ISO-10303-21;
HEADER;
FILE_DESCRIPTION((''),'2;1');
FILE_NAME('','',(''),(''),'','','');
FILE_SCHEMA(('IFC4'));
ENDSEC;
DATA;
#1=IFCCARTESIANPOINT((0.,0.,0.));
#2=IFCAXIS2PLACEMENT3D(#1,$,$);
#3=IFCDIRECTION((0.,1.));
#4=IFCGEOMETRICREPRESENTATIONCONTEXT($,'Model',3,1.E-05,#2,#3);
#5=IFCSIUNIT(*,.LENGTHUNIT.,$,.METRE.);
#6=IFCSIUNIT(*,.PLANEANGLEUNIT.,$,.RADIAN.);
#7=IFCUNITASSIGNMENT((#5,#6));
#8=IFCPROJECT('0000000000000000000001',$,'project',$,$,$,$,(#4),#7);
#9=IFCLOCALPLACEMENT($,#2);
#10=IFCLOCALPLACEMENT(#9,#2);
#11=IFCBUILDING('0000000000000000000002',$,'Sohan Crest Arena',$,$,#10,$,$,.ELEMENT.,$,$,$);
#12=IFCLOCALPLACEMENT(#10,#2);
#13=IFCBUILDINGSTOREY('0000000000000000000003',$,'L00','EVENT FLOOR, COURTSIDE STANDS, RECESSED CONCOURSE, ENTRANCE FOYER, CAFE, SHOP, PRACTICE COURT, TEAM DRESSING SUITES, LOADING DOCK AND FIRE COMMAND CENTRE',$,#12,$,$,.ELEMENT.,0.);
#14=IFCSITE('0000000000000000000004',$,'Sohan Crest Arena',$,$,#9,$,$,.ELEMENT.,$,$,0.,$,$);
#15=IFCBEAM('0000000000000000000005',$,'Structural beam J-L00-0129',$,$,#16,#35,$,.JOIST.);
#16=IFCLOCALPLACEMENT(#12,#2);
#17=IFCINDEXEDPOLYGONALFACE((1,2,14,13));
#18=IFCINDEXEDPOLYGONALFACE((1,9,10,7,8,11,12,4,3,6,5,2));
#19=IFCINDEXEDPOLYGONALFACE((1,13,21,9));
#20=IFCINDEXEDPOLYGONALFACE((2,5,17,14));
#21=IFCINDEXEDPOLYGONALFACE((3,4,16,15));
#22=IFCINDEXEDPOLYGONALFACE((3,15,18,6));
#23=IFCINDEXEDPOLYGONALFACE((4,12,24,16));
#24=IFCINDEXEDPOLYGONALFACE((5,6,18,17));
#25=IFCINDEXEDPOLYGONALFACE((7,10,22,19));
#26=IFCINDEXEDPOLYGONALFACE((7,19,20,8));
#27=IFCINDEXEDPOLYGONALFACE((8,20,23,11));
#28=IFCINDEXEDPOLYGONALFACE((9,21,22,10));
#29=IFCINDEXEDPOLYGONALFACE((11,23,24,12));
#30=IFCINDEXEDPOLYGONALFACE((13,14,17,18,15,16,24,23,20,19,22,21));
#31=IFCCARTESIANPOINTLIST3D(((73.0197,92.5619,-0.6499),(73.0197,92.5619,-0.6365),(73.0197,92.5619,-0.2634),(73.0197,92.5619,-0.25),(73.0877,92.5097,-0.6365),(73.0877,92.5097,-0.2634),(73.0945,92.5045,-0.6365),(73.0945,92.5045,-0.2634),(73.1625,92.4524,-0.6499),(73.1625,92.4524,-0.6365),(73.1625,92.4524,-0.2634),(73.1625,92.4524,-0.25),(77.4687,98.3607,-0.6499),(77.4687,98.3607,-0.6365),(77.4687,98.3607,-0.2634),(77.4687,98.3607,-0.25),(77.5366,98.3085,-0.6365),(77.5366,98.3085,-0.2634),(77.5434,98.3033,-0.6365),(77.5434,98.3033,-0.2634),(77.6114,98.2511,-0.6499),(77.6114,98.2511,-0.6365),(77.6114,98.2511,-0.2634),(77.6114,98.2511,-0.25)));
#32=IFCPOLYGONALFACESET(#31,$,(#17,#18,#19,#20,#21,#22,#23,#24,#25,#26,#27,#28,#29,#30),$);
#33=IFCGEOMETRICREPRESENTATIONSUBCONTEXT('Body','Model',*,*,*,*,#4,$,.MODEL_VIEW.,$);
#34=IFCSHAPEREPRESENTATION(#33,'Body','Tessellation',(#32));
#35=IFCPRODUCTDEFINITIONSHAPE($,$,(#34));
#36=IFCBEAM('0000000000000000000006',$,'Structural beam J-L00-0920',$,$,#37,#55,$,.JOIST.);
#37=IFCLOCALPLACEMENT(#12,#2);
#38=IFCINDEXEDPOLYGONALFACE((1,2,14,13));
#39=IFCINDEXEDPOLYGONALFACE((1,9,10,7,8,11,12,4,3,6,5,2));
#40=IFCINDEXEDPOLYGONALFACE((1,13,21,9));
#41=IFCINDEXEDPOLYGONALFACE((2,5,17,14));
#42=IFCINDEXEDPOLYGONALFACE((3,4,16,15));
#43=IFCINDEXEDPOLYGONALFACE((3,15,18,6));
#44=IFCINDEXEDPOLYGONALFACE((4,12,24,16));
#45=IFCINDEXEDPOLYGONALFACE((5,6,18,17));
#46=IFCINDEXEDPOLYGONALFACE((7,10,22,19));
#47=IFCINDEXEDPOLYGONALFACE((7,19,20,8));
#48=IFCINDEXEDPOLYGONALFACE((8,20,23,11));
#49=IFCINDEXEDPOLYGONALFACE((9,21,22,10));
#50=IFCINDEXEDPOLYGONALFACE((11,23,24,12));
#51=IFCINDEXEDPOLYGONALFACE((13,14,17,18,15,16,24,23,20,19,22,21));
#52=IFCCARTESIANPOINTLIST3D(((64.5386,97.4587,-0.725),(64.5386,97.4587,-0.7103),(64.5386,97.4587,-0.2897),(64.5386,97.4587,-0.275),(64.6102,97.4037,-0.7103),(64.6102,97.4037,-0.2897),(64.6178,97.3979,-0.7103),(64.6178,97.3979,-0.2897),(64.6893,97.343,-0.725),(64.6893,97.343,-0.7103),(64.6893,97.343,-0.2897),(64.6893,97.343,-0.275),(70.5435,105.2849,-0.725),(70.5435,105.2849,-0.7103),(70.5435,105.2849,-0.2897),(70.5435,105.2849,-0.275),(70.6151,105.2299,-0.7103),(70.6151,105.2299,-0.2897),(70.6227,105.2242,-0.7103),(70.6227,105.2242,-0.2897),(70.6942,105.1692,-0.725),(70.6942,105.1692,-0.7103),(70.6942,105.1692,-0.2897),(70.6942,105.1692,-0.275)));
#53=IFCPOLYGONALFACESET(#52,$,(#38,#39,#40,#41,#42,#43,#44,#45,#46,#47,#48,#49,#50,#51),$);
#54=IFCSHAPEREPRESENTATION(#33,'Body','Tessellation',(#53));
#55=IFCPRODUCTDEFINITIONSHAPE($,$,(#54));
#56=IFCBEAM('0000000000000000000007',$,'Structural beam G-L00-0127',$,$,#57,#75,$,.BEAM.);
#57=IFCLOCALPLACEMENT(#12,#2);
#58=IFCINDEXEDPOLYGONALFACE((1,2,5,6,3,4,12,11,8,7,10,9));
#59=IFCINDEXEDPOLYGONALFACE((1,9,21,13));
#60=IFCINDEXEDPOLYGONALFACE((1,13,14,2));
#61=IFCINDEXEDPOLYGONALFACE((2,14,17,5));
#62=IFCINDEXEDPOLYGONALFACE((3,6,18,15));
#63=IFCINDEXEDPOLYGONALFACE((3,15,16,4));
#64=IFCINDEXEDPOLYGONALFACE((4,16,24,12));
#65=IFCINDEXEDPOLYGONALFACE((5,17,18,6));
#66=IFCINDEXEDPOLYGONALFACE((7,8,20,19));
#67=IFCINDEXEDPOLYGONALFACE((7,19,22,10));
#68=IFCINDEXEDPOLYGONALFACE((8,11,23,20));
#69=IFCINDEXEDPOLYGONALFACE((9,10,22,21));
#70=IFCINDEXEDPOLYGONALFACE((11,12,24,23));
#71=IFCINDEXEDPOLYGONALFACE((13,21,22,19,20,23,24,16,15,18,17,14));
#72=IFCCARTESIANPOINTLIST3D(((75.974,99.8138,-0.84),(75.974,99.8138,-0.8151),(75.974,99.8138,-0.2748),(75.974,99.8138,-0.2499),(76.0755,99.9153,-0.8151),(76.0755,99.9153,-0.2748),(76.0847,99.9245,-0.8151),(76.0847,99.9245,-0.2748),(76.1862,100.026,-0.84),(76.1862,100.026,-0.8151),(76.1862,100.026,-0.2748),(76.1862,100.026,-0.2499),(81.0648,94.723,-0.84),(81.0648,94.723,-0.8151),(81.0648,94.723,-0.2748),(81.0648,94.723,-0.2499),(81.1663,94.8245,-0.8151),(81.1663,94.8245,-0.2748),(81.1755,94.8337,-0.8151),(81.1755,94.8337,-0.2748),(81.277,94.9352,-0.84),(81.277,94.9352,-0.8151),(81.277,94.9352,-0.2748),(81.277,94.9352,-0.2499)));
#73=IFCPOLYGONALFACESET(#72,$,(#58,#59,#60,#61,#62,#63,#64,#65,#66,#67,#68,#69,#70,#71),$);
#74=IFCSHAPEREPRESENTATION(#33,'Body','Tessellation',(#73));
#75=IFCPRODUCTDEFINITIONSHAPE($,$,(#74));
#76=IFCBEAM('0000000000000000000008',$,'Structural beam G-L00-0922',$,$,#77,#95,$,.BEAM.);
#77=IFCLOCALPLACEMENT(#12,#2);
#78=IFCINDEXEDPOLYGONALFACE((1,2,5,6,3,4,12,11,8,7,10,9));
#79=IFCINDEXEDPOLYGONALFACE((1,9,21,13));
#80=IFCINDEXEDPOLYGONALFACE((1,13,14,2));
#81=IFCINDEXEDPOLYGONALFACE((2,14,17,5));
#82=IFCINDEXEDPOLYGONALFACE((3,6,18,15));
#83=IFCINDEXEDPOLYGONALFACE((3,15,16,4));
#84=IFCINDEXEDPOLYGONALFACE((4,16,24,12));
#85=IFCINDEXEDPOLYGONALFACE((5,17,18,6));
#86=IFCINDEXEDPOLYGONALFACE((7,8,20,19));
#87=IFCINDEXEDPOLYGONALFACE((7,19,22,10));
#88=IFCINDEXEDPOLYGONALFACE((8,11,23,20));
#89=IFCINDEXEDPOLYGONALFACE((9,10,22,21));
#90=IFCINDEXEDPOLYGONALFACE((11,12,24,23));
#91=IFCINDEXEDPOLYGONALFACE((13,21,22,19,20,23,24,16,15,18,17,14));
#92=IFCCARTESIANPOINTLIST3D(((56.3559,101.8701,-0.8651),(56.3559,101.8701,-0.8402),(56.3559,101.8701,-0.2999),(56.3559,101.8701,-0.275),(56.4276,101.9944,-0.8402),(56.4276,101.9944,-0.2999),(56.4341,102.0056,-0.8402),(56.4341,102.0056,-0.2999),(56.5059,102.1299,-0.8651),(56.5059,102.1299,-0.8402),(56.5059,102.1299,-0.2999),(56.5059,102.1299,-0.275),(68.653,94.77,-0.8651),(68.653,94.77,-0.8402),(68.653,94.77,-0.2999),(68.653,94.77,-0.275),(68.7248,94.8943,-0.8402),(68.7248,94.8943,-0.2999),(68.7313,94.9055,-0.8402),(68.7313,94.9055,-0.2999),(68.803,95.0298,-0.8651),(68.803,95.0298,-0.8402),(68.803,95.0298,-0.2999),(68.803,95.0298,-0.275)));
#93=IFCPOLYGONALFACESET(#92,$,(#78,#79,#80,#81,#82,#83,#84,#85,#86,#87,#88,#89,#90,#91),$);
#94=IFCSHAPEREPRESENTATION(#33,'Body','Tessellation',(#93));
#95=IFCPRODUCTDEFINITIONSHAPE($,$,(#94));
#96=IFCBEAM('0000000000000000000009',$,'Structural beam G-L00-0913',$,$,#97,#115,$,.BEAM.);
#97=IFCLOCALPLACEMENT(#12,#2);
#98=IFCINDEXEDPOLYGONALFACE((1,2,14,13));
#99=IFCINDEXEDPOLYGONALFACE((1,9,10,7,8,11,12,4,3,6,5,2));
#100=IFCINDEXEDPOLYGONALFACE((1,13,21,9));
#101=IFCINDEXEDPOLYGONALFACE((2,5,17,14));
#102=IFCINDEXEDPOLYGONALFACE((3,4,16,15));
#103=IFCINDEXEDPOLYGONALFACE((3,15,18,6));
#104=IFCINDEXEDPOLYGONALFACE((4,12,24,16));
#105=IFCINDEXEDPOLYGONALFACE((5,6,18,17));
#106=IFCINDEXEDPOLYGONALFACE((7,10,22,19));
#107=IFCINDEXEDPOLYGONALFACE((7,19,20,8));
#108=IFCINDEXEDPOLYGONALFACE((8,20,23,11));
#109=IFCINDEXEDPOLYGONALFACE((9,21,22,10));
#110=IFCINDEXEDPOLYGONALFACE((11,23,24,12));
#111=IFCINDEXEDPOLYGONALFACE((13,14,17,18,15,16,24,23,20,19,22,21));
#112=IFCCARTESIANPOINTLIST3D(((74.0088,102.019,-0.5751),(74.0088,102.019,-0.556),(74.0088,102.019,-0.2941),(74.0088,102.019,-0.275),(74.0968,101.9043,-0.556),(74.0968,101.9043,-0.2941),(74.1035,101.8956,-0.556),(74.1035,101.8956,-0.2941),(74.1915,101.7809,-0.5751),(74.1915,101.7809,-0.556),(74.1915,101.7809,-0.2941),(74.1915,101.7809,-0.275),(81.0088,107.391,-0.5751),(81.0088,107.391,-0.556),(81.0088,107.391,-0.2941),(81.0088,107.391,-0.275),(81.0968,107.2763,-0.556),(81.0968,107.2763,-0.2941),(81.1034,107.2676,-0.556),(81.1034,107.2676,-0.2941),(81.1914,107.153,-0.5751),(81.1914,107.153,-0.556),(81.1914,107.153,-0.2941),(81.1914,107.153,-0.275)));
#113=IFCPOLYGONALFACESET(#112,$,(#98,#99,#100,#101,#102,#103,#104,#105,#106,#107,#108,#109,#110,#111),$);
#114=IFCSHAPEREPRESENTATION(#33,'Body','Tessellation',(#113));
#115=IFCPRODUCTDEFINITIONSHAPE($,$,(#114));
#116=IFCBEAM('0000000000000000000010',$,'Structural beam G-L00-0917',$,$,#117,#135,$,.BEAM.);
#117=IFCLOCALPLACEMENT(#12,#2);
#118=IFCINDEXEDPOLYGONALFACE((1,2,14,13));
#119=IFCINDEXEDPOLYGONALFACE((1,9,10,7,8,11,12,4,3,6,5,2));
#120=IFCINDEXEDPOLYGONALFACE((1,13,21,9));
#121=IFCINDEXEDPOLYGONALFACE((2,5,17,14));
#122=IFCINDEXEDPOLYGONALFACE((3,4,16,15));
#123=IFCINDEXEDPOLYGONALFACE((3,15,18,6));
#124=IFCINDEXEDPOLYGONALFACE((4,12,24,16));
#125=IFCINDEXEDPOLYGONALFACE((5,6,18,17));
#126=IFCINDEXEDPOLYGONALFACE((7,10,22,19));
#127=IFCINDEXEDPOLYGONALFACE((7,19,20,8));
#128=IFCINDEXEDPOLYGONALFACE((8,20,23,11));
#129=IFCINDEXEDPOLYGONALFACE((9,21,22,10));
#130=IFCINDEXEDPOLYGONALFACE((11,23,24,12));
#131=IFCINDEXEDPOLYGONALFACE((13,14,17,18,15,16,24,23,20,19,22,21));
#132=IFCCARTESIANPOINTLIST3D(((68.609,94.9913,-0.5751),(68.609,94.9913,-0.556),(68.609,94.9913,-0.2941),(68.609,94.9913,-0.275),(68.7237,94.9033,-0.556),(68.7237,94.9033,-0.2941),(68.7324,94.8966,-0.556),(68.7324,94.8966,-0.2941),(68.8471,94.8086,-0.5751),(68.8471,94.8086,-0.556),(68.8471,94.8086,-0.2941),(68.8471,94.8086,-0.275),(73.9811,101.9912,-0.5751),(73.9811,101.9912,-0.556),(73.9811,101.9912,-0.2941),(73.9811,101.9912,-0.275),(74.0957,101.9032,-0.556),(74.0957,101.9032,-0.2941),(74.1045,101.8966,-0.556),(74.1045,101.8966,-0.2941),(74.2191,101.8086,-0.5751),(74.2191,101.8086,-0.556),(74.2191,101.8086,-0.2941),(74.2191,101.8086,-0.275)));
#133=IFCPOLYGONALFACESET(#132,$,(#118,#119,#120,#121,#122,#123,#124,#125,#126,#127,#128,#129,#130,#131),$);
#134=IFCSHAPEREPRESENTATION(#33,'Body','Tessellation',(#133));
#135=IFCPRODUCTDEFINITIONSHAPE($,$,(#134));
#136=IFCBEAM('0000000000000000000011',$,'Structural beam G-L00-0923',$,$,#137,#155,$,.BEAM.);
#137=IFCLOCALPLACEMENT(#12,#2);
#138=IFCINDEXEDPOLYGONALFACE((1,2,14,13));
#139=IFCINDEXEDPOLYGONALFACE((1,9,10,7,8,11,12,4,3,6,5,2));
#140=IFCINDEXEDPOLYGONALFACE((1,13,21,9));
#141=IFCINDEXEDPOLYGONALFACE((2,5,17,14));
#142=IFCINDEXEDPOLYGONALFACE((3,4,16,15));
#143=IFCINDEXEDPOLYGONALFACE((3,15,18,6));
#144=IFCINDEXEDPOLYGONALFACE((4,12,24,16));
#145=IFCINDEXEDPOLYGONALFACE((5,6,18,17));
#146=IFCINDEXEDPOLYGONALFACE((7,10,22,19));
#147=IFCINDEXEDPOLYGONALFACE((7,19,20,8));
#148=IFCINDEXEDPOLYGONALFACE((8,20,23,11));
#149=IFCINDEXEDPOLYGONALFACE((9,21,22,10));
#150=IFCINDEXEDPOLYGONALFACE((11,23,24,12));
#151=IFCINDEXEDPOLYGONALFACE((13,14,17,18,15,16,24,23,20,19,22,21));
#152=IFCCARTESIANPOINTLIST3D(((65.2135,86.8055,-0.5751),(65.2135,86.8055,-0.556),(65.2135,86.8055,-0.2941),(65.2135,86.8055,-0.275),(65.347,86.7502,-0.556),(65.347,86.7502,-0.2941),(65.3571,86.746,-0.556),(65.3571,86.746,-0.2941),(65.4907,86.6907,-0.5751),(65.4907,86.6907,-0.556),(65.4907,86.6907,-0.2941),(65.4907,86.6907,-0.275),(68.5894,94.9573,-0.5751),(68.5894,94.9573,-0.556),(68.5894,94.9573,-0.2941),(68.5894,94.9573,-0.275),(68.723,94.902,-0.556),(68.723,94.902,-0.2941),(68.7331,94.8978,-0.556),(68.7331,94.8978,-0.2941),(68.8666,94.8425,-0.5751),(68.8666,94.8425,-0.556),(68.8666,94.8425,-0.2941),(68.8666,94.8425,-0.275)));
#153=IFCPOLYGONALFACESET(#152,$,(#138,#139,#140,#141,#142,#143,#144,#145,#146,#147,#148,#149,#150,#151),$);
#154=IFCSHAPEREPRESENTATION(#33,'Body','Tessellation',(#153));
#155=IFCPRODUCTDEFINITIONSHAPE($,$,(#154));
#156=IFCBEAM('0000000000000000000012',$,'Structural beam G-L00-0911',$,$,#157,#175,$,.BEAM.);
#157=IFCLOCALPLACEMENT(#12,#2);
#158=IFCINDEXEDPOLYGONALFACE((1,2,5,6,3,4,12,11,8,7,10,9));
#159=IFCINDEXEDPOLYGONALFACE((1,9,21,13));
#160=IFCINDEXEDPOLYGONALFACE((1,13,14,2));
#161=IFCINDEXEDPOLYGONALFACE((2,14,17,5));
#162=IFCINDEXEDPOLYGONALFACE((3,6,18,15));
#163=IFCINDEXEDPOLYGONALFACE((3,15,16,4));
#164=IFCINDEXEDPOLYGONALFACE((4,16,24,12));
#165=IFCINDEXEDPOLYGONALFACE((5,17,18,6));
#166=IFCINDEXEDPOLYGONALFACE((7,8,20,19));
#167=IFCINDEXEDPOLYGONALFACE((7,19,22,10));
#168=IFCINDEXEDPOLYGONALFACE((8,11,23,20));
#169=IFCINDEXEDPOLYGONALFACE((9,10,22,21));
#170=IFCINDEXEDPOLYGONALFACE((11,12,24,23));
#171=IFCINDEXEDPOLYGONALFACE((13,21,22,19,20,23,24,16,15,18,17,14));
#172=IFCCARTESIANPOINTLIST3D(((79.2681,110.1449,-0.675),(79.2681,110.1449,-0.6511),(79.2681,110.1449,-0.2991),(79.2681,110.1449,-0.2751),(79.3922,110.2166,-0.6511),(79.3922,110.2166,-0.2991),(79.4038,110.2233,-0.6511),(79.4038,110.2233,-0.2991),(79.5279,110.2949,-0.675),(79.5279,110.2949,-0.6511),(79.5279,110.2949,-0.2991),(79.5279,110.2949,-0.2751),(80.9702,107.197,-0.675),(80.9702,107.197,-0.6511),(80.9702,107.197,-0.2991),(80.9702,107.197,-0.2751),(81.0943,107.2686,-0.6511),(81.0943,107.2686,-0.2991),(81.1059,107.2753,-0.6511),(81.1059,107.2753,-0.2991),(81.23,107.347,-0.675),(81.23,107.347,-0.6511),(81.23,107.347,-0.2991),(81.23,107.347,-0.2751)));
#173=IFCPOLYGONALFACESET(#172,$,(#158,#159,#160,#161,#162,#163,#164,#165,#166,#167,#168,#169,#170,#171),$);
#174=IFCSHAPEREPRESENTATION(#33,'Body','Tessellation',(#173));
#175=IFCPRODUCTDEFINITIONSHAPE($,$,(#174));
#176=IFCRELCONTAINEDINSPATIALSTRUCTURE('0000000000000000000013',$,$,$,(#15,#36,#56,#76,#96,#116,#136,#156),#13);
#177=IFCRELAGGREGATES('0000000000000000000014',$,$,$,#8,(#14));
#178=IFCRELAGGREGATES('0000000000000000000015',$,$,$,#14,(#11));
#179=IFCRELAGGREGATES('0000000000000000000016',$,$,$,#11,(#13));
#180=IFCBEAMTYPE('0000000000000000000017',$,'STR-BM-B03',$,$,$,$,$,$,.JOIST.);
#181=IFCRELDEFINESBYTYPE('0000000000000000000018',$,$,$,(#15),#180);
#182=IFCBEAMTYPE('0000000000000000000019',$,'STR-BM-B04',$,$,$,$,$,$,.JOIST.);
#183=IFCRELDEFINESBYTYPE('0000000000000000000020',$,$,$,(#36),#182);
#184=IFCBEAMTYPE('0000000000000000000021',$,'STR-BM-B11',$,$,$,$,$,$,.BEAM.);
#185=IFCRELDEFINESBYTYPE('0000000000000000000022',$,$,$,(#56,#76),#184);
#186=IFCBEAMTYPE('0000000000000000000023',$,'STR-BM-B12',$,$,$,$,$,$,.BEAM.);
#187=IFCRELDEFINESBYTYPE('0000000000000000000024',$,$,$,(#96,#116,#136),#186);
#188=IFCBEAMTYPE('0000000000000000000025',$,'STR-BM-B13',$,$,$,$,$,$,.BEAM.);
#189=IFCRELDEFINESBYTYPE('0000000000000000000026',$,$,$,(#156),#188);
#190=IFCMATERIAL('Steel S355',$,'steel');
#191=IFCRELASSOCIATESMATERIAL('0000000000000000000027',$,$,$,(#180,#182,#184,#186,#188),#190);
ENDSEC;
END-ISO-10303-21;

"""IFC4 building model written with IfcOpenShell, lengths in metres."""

from ifc_helpers import new_model, si_unit, direction, frame, origin, origin_2d, place, context, subcontext, project, spatial, i_section, extrude, material, material_profile, profile_set, type_object, element, save


model = new_model("IFC4")

# Units and contexts
model_context = context("Model", 3, precision=1e-05, world=origin(), true_north=direction((0.0, 1.0)))
body_context = subcontext(model_context, "Body", "Model", "MODEL_VIEW")
ifc_project = project(units=[si_unit("LENGTHUNIT", "METRE"), si_unit("PLANEANGLEUNIT", "RADIAN")], contexts=[model_context])

# Site, building, storey
site_placement = place(None, origin())
site = spatial("IfcSite", under=ifc_project, at=site_placement, Name="Sohan Crest Arena", CompositionType="ELEMENT", RefElevation=0.0)
building_placement = place(site_placement, origin())
building = spatial("IfcBuilding", under=site, at=building_placement, Name="Sohan Crest Arena", CompositionType="ELEMENT")
storey_placement = place(building_placement, origin())
storey = spatial("IfcBuildingStorey", under=building, at=storey_placement, Name="L00", Description="EVENT FLOOR, COURTSIDE STANDS, RECESSED CONCOURSE, ENTRANCE FOYER, CAFE, SHOP, PRACTICE COURT, TEAM DRESSING SUITES, LOADING DOCK AND FIRE COMMAND CENTRE", CompositionType="ELEMENT", Elevation=0.0)

# Shared definitions
ifc_material_1 = material(Name="Steel S355", Category="steel")

# Beams
ifc_material_profile_1 = material_profile(ifc_material_1, i_section(OverallWidth=0.1799, OverallDepth=0.3999, WebThickness=0.0085, FlangeThickness=0.0134, at=origin_2d()), Name="IPE 400")
ifc_profile_set_1 = profile_set([ifc_material_profile_1], Name="Steel S355")
beam_type_1 = type_object("IfcBeamType", Name="STR-BM-B03", PredefinedType="JOIST", material=ifc_profile_set_1)
beam_1_placement = place(storey_placement, frame((77.54, 98.3059, -0.45), z_axis=(-0.608708, -0.793394, 0.0), x_axis=(0.793394, -0.608708, 0.0)))
element("IfcBeam", 1, at=beam_1_placement, inside=storey, type_object=beam_type_1, Name="Structural beam J-L00-0129", PredefinedType="JOIST", context=body_context, shape_type="SweptSolid", body=[
    extrude(i_section(OverallWidth=0.1799, OverallDepth=0.3999, WebThickness=0.0085, FlangeThickness=0.0134, at=origin_2d()), origin(), (0.0, 0.0, 1.0), 7.3088),
])
ifc_material_profile_2 = material_profile(ifc_material_1, i_section(OverallWidth=0.1899, OverallDepth=0.45, WebThickness=0.0095, FlangeThickness=0.0146, at=origin_2d()), Name="IPE 450")
ifc_profile_set_2 = profile_set([ifc_material_profile_2], Name="Steel S355")
beam_type_2 = type_object("IfcBeamType", Name="STR-BM-B04", PredefinedType="JOIST", material=ifc_profile_set_2)
beam_2_placement = place(storey_placement, frame((70.6189, 105.2271, -0.5), z_axis=(-0.608739, -0.79337, 0.0), x_axis=(0.79337, -0.608739, 0.0)))
element("IfcBeam", 2, at=beam_2_placement, inside=storey, type_object=beam_type_2, Name="Structural beam J-L00-0920", PredefinedType="JOIST", context=body_context, shape_type="SweptSolid", body=[
    extrude(i_section(OverallWidth=0.1899, OverallDepth=0.45, WebThickness=0.0095, FlangeThickness=0.0146, at=origin_2d()), origin(), (0.0, 0.0, 1.0), 9.8645),
])
ifc_material_profile_3 = material_profile(ifc_material_1, i_section(OverallWidth=0.3, OverallDepth=0.5901, WebThickness=0.0129, FlangeThickness=0.0249, at=origin_2d()), Name="HEA 600")
ifc_profile_set_3 = profile_set([ifc_material_profile_3], Name="Steel S355")
beam_type_3 = type_object("IfcBeamType", Name="STR-BM-B11", PredefinedType="BEAM", material=ifc_profile_set_3)
beam_3_placement = place(storey_placement, frame((81.1709, 94.8291, -0.5449), z_axis=(-0.707107, 0.707107, 0.0), x_axis=(-0.707107, -0.707107, 0.0)))
element("IfcBeam", 3, at=beam_3_placement, inside=storey, type_object=beam_type_3, Name="Structural beam G-L00-0127", PredefinedType="BEAM", context=body_context, shape_type="SweptSolid", body=[
    extrude(i_section(OverallWidth=0.3, OverallDepth=0.5901, WebThickness=0.0129, FlangeThickness=0.0249, at=origin_2d()), origin(), (0.0, 0.0, 1.0), 7.1995),
])
beam_4_placement = place(storey_placement, frame((68.728, 94.8999, -0.5701), z_axis=(-0.866015, 0.500019, 0.0), x_axis=(-0.500019, -0.866015, 0.0)))
element("IfcBeam", 4, at=beam_4_placement, inside=storey, type_object=beam_type_3, Name="Structural beam G-L00-0922", PredefinedType="BEAM", context=body_context, shape_type="SweptSolid", body=[
    extrude(i_section(OverallWidth=0.3, OverallDepth=0.5901, WebThickness=0.0129, FlangeThickness=0.0249, at=origin_2d()), origin(), (0.0, 0.0, 1.0), 14.1997),
])
ifc_material_profile_4 = material_profile(ifc_material_1, i_section(OverallWidth=0.3, OverallDepth=0.3, WebThickness=0.011, FlangeThickness=0.019, at=origin_2d()), Name="HEB 300")
ifc_profile_set_4 = profile_set([ifc_material_profile_4], Name="Steel S355")
beam_type_4 = type_object("IfcBeamType", Name="STR-BM-B12", PredefinedType="BEAM", material=ifc_profile_set_4)
for number, where, z_axis, x_axis, name in (
    (5, (81.1001, 107.272, -0.425), (-0.793311, -0.608817, 0.0), (0.608817, -0.793311, 0.0), "Structural beam G-L00-0913"),
    (6, (74.1001, 101.8999, -0.425), (-0.608817, -0.793311, 0.0), (0.793311, -0.608817, 0.0), "Structural beam G-L00-0917"),
):
    element("IfcBeam", number, at=place(storey_placement, frame(where, z_axis=z_axis, x_axis=x_axis)), inside=storey, type_object=beam_type_4, Name=name, PredefinedType="BEAM", context=body_context, shape_type="SweptSolid", body=[
        extrude(i_section(OverallWidth=0.3, OverallDepth=0.3, WebThickness=0.011, FlangeThickness=0.019, at=origin_2d()), origin(), (0.0, 0.0, 1.0), 8.8237),
    ])
beam_5_placement = place(storey_placement, frame((68.728, 94.8999, -0.425), z_axis=(-0.382622, -0.923905, 0.0), x_axis=(0.923905, -0.382622, 0.0)))
element("IfcBeam", 7, at=beam_5_placement, inside=storey, type_object=beam_type_4, Name="Structural beam G-L00-0923", PredefinedType="BEAM", context=body_context, shape_type="SweptSolid", body=[
    extrude(i_section(OverallWidth=0.3, OverallDepth=0.3, WebThickness=0.011, FlangeThickness=0.019, at=origin_2d()), origin(), (0.0, 0.0, 1.0), 8.8232),
])
ifc_material_profile_5 = material_profile(ifc_material_1, i_section(OverallWidth=0.3, OverallDepth=0.3999, WebThickness=0.0134, FlangeThickness=0.0239, at=origin_2d()), Name="HEB 400")
ifc_profile_set_5 = profile_set([ifc_material_profile_5], Name="Steel S355")
beam_type_5 = type_object("IfcBeamType", Name="STR-BM-B13", PredefinedType="BEAM", material=ifc_profile_set_5)
beam_6_placement = place(storey_placement, frame((81.1001, 107.272, -0.4751), z_axis=(-0.500027, 0.86601, 0.0), x_axis=(-0.86601, -0.500027, 0.0)))
element("IfcBeam", 8, at=beam_6_placement, inside=storey, type_object=beam_type_5, Name="Structural beam G-L00-0911", PredefinedType="BEAM", context=body_context, shape_type="SweptSolid", body=[
    extrude(i_section(OverallWidth=0.3, OverallDepth=0.3999, WebThickness=0.0134, FlangeThickness=0.0239, at=origin_2d()), origin(), (0.0, 0.0, 1.0), 3.4041),
])

save(model, "model.ifc")
